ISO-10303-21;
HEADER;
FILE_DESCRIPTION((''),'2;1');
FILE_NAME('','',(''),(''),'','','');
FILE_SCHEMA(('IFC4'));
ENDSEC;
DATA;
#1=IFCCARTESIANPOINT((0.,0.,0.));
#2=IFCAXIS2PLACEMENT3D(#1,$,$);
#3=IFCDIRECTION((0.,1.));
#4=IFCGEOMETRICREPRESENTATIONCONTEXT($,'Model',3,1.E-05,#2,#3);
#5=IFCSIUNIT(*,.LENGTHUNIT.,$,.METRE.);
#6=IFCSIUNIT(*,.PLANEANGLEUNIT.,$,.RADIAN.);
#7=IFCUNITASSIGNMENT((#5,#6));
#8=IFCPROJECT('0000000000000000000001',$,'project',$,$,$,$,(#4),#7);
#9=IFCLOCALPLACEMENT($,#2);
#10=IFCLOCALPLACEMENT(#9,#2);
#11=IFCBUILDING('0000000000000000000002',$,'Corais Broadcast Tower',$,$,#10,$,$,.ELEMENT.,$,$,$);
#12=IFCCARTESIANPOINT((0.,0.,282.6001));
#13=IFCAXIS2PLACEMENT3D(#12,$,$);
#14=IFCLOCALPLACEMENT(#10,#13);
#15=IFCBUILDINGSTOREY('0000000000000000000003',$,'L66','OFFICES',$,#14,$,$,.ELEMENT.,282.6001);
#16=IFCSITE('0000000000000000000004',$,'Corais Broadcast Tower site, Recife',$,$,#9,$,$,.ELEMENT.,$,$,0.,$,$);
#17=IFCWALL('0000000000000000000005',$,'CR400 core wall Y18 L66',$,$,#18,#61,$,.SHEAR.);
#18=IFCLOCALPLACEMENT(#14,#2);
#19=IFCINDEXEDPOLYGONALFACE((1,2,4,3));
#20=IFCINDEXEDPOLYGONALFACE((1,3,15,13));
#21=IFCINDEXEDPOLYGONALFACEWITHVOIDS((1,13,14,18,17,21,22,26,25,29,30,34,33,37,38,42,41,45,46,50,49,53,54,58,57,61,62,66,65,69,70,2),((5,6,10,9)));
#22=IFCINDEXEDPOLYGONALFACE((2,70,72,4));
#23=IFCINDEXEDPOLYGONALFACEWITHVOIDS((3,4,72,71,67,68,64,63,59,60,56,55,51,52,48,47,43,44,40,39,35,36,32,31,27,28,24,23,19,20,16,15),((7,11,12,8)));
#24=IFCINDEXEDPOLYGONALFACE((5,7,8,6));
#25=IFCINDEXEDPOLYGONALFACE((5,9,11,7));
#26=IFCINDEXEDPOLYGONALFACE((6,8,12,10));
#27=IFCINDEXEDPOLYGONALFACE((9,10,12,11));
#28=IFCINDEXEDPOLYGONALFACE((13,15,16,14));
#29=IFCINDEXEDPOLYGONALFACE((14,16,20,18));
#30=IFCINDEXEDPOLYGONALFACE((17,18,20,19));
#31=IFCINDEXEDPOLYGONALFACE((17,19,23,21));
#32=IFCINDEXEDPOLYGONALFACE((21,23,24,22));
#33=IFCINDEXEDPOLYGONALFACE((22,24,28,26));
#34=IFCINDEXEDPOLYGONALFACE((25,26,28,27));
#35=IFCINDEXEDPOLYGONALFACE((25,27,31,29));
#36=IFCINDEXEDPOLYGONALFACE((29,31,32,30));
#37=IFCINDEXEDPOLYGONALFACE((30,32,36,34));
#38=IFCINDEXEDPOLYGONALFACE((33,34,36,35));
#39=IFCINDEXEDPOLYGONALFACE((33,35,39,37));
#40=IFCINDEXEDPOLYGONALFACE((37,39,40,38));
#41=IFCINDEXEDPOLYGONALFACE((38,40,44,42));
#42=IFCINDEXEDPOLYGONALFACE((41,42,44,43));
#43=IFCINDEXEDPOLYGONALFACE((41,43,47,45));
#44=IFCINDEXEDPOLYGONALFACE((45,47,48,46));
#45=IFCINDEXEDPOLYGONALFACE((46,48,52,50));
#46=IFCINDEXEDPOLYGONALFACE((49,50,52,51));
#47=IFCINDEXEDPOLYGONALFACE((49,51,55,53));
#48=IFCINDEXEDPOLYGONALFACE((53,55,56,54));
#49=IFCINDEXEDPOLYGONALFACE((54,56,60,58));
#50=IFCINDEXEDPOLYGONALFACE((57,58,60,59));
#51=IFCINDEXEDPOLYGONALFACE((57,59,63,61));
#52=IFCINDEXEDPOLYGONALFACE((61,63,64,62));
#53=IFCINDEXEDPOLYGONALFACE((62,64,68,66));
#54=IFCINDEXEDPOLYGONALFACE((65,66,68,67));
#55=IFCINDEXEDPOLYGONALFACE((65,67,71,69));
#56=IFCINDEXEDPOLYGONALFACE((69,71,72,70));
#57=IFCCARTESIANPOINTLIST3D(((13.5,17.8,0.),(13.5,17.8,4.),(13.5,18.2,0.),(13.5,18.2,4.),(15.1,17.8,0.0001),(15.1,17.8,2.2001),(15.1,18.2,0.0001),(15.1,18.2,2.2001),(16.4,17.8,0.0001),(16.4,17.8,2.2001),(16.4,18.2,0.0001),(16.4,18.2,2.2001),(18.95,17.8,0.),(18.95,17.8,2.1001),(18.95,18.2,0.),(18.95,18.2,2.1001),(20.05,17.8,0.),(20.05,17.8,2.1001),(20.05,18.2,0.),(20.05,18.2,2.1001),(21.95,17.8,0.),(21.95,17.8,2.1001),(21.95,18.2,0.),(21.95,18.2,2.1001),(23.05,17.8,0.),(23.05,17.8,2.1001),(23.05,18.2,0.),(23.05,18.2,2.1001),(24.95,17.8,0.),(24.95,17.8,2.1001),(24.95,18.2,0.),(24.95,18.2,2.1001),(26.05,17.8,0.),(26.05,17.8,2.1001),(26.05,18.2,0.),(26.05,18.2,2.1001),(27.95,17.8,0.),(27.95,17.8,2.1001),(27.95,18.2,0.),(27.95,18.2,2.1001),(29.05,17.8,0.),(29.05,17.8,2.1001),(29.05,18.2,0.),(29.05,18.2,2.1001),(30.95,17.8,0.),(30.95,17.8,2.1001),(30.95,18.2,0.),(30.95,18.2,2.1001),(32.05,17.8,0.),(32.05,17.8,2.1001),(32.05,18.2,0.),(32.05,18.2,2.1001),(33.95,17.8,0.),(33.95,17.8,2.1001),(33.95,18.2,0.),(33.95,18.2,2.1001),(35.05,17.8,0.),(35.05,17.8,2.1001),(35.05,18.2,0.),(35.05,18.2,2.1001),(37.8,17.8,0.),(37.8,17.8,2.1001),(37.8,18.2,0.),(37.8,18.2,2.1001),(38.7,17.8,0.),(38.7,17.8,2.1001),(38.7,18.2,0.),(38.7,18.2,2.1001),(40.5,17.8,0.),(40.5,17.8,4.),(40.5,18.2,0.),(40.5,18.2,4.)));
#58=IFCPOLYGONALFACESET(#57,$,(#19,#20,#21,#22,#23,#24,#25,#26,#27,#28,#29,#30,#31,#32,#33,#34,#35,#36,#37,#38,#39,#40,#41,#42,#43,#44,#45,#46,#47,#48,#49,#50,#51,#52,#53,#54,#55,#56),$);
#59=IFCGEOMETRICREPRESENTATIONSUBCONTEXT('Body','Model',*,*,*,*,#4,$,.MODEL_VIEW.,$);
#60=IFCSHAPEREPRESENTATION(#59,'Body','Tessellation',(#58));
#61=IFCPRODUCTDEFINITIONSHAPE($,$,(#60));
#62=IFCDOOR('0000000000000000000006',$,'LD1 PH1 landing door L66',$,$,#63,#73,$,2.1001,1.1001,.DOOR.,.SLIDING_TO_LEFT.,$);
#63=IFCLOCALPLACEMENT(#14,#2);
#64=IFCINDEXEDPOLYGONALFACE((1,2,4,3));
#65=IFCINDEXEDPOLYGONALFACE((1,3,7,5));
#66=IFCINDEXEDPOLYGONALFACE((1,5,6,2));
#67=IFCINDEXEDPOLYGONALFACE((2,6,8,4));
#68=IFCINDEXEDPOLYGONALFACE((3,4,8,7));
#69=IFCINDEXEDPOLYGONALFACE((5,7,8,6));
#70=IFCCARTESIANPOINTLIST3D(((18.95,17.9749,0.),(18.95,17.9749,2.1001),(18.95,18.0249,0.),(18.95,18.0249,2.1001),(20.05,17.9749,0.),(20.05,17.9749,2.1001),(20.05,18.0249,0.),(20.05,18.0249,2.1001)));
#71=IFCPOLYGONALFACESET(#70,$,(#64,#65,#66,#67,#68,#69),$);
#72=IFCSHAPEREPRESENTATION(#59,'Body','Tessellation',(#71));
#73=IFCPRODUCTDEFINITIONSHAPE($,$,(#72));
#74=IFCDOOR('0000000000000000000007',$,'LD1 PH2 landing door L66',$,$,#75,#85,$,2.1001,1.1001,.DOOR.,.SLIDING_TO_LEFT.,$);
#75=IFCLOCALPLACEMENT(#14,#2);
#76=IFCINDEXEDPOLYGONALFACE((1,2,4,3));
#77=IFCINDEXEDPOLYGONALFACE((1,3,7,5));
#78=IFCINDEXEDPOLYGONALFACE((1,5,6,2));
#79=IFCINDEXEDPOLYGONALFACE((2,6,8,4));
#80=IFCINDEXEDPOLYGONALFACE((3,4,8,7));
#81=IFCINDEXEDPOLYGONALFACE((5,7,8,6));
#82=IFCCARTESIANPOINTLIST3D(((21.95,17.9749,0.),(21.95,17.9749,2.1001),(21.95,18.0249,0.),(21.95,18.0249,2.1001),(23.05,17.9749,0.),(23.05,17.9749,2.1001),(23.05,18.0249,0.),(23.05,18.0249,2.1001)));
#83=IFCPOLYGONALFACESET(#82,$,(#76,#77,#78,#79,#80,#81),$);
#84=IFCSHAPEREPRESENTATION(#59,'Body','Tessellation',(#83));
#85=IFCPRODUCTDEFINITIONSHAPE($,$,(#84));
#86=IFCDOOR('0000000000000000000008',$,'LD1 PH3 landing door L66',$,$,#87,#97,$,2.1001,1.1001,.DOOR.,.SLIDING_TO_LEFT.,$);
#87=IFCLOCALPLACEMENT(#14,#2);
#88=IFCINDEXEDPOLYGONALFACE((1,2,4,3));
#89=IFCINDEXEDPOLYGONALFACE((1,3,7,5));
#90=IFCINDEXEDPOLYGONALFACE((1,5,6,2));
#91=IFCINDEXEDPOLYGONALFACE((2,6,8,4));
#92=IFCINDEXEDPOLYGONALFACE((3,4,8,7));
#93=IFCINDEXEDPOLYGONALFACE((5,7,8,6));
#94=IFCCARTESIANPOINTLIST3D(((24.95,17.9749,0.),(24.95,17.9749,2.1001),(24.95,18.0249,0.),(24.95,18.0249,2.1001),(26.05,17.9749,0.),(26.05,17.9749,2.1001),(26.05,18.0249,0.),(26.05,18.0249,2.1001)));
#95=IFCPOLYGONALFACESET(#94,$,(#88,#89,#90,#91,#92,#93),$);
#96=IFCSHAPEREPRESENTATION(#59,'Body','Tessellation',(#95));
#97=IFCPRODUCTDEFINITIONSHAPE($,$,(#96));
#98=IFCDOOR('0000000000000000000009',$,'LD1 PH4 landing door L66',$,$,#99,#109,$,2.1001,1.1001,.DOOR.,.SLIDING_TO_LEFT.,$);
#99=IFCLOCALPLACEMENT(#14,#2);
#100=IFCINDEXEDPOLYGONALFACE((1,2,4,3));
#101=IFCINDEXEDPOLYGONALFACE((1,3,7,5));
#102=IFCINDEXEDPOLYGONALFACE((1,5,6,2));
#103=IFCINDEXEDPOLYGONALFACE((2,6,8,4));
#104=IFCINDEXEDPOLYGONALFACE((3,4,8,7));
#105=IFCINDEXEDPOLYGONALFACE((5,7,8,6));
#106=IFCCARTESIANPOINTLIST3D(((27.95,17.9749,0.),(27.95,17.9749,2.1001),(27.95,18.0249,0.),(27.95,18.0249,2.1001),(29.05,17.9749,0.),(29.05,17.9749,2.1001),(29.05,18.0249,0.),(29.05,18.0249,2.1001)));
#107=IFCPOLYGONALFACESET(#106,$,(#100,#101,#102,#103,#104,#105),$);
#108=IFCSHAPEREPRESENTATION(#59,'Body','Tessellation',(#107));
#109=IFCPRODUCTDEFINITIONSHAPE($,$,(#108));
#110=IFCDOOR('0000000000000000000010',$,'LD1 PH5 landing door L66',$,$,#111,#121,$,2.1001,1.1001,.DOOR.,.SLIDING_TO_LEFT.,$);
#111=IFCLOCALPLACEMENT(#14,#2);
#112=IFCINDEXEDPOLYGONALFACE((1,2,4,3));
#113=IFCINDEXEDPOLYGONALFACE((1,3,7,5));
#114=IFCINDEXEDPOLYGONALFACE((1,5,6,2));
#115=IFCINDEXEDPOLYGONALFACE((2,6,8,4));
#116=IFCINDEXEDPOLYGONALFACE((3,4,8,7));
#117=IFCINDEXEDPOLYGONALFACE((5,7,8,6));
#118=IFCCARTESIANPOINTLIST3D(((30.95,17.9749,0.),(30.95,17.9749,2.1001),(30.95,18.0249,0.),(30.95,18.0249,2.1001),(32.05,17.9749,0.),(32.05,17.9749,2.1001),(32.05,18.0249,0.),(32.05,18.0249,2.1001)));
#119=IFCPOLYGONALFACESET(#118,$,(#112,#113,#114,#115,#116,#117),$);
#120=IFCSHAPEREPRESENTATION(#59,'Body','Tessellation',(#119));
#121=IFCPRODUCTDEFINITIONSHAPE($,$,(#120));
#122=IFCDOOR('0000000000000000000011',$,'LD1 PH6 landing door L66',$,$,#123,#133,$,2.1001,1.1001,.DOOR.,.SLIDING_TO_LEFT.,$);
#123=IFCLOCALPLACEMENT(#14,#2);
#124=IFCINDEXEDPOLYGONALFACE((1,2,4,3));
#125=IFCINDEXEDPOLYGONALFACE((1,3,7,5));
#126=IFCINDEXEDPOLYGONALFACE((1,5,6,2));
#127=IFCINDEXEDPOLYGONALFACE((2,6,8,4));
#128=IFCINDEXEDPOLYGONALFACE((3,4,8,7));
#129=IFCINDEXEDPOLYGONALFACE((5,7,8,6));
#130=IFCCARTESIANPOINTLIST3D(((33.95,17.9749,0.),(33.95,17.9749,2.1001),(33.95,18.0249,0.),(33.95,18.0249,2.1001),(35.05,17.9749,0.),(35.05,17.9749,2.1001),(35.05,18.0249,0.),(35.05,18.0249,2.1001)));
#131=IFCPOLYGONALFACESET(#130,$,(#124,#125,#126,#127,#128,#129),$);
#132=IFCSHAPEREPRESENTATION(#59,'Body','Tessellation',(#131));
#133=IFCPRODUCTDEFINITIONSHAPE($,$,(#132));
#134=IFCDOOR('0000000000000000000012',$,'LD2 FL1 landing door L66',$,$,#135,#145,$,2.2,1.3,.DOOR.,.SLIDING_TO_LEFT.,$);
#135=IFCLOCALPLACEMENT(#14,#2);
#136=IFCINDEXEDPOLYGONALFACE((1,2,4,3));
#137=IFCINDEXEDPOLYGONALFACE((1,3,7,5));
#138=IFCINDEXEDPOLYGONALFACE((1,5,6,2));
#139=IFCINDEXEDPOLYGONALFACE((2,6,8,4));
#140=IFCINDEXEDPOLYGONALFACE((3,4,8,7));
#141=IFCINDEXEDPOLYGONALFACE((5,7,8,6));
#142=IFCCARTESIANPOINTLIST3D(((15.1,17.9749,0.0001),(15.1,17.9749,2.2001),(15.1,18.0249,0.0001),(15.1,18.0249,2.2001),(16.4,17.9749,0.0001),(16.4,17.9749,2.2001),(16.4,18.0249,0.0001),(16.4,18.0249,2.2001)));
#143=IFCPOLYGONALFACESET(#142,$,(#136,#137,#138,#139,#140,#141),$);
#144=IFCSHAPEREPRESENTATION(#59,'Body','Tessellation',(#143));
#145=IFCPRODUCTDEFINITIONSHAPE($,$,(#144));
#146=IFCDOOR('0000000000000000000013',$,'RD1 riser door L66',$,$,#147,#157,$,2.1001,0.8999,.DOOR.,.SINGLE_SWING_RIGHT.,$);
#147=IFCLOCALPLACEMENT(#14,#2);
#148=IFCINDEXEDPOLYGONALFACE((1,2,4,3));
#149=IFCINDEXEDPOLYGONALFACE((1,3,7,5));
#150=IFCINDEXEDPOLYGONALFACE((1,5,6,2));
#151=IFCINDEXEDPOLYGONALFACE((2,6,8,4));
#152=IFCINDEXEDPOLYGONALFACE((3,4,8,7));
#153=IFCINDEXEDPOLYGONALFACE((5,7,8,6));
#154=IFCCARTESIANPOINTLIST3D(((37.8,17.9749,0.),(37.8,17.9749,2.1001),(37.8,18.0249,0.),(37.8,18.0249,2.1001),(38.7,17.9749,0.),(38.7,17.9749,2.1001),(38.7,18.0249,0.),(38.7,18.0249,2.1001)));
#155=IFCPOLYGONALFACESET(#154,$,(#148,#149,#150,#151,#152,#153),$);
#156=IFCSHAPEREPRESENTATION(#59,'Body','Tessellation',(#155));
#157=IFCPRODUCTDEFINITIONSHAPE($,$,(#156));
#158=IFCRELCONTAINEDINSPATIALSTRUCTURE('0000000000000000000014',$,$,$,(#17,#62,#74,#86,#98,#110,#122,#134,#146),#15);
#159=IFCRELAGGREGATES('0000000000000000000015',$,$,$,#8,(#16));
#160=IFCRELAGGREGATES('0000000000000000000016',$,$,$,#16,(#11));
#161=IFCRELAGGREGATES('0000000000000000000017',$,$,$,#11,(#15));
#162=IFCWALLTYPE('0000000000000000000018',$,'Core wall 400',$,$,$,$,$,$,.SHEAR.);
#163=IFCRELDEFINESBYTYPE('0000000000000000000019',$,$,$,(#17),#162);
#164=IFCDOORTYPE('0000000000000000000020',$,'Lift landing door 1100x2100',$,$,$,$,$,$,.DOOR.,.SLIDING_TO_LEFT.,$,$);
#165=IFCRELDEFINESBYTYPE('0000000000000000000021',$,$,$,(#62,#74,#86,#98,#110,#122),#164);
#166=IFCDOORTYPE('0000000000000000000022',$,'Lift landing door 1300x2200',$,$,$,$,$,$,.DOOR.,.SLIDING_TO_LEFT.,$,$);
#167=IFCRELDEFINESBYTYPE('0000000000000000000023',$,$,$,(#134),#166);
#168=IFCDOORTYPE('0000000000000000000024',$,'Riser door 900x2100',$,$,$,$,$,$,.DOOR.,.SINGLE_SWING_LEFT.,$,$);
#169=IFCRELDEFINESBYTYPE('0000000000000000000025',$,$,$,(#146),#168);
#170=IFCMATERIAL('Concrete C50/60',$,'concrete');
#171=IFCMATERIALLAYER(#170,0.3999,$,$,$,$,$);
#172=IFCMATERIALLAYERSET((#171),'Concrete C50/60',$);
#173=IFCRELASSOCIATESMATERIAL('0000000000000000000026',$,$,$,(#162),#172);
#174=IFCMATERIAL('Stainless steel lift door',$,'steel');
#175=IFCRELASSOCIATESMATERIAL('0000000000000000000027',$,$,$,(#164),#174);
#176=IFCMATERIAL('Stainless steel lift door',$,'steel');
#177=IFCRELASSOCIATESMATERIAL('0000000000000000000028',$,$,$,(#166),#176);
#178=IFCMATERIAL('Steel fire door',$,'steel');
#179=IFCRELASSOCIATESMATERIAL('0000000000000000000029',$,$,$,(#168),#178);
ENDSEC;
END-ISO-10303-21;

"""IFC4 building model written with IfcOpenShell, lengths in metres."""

from ifc_helpers import new_model, si_unit, direction, frame, frame_2d, origin, place, context, subcontext, project, spatial, rectangle, extrude, material, layer, layer_set, type_object, element, fill, save


model = new_model("IFC4")

# Units and contexts
model_context = context("Model", 3, precision=1e-05, world=origin(), true_north=direction((0.0, 1.0)))
body_context = subcontext(model_context, "Body", "Model", "MODEL_VIEW")
ifc_project = project(units=[si_unit("LENGTHUNIT", "METRE"), si_unit("PLANEANGLEUNIT", "RADIAN")], contexts=[model_context])

# Site, building, storey
site_placement = place(None, origin())
site = spatial("IfcSite", under=ifc_project, at=site_placement, Name="Corais Broadcast Tower site, Recife", CompositionType="ELEMENT", RefElevation=0.0)
building_placement = place(site_placement, origin())
building = spatial("IfcBuilding", under=site, at=building_placement, Name="Corais Broadcast Tower", CompositionType="ELEMENT")
storey_placement = place(building_placement, frame((0.0, 0.0, 282.6001)))
storey = spatial("IfcBuildingStorey", under=building, at=storey_placement, Name="L66", Description="OFFICES", CompositionType="ELEMENT", Elevation=282.6001)

# Shared definitions
ifc_material_1 = material(Name="Concrete C50/60", Category="concrete")
ifc_layer_1 = layer(ifc_material_1, 0.3999)
ifc_layer_set_1 = layer_set([ifc_layer_1], Name="Concrete C50/60")
wall_type_1 = type_object("IfcWallType", Name="Core wall 400", PredefinedType="SHEAR", material=ifc_layer_set_1)

# Wall, openings, doors
wall_1_placement = place(storey_placement, frame((13.5, 18.0, 0.0), z_axis=(0.0, 0.0, 1.0), x_axis=(1.0, 0.0, 0.0)))
wall_1 = element("IfcWall", 1, at=wall_1_placement, inside=storey, type_object=wall_type_1, Name="CR400 core wall Y18 L66", PredefinedType="SHEAR", context=body_context, shape_type="SweptSolid", body=[
    extrude(rectangle(XDim=27.0, YDim=0.3999, at=frame_2d((13.5, 0.0))), origin(), (0.0, 0.0, 1.0), 4.0),
])
opening_1_placement = place(wall_1_placement, frame((24.3, 0.0, 0.0)))
opening_1 = element("IfcOpeningElement", 2, at=opening_1_placement, cuts=wall_1, PredefinedType="OPENING", context=body_context, shape_type="SweptSolid", body=[
    extrude(rectangle(XDim=0.8999, YDim=2.1001, at=frame_2d((0.45, 1.05))), frame((0.0, 0.21, 0.0), z_axis=(0.0, -1.0, 0.0), x_axis=(1.0, 0.0, 0.0)), (0.0, 0.0, 1.0), 0.4199),
])
opening_2_placement = place(wall_1_placement, frame((5.45, 0.0, 0.0)))
opening_2 = element("IfcOpeningElement", 3, at=opening_2_placement, cuts=wall_1, PredefinedType="OPENING", context=body_context, shape_type="SweptSolid", body=[
    extrude(rectangle(XDim=1.1001, YDim=2.1001, at=frame_2d((0.55, 1.05))), frame((0.0, 0.21, 0.0), z_axis=(0.0, -1.0, 0.0), x_axis=(1.0, 0.0, 0.0)), (0.0, 0.0, 1.0), 0.4199),
])
opening_3_placement = place(wall_1_placement, frame((8.45, 0.0, 0.0)))
opening_3 = element("IfcOpeningElement", 4, at=opening_3_placement, cuts=wall_1, PredefinedType="OPENING", context=body_context, shape_type="SweptSolid", body=[
    extrude(rectangle(XDim=1.1001, YDim=2.1001, at=frame_2d((0.55, 1.05))), frame((0.0, 0.21, 0.0), z_axis=(0.0, -1.0, 0.0), x_axis=(1.0, 0.0, 0.0)), (0.0, 0.0, 1.0), 0.4199),
])
opening_4_placement = place(wall_1_placement, frame((11.45, 0.0, 0.0)))
opening_4 = element("IfcOpeningElement", 5, at=opening_4_placement, cuts=wall_1, PredefinedType="OPENING", context=body_context, shape_type="SweptSolid", body=[
    extrude(rectangle(XDim=1.1001, YDim=2.1001, at=frame_2d((0.55, 1.05))), frame((0.0, 0.21, 0.0), z_axis=(0.0, -1.0, 0.0), x_axis=(1.0, 0.0, 0.0)), (0.0, 0.0, 1.0), 0.4199),
])
opening_5_placement = place(wall_1_placement, frame((14.45, 0.0, 0.0)))
opening_5 = element("IfcOpeningElement", 6, at=opening_5_placement, cuts=wall_1, PredefinedType="OPENING", context=body_context, shape_type="SweptSolid", body=[
    extrude(rectangle(XDim=1.1001, YDim=2.1001, at=frame_2d((0.55, 1.05))), frame((0.0, 0.21, 0.0), z_axis=(0.0, -1.0, 0.0), x_axis=(1.0, 0.0, 0.0)), (0.0, 0.0, 1.0), 0.4199),
])
opening_6_placement = place(wall_1_placement, frame((17.45, 0.0, 0.0)))
opening_6 = element("IfcOpeningElement", 7, at=opening_6_placement, cuts=wall_1, PredefinedType="OPENING", context=body_context, shape_type="SweptSolid", body=[
    extrude(rectangle(XDim=1.1001, YDim=2.1001, at=frame_2d((0.55, 1.05))), frame((0.0, 0.21, 0.0), z_axis=(0.0, -1.0, 0.0), x_axis=(1.0, 0.0, 0.0)), (0.0, 0.0, 1.0), 0.4199),
])
opening_7_placement = place(wall_1_placement, frame((20.45, 0.0, 0.0)))
opening_7 = element("IfcOpeningElement", 8, at=opening_7_placement, cuts=wall_1, PredefinedType="OPENING", context=body_context, shape_type="SweptSolid", body=[
    extrude(rectangle(XDim=1.1001, YDim=2.1001, at=frame_2d((0.55, 1.05))), frame((0.0, 0.21, 0.0), z_axis=(0.0, -1.0, 0.0), x_axis=(1.0, 0.0, 0.0)), (0.0, 0.0, 1.0), 0.4199),
])
opening_8_placement = place(wall_1_placement, frame((1.6001, 0.0, 0.0)))
opening_8 = element("IfcOpeningElement", 9, at=opening_8_placement, cuts=wall_1, PredefinedType="OPENING", context=body_context, shape_type="SweptSolid", body=[
    extrude(rectangle(XDim=1.3, YDim=2.2, at=frame_2d((0.6499, 1.1001))), frame((0.0, 0.21, 0.0), z_axis=(0.0, -1.0, 0.0), x_axis=(1.0, 0.0, 0.0)), (0.0, 0.0, 1.0), 0.4199),
])
ifc_material_2 = material(Name="Stainless steel lift door", Category="steel")
door_type_1 = type_object("IfcDoorType", Name="Lift landing door 1100x2100", OperationType="SLIDING_TO_LEFT", PredefinedType="DOOR", material=ifc_material_2)
door_1_placement = place(opening_2_placement, origin())
door_1 = element("IfcDoor", 10, at=door_1_placement, inside=storey, type_object=door_type_1, Name="LD1 PH1 landing door L66", OperationType="SLIDING_TO_LEFT", OverallHeight=2.1001, OverallWidth=1.1001, PredefinedType="DOOR", context=body_context, shape_type="SweptSolid", body=[
    extrude(rectangle(XDim=1.1001, YDim=2.1001, at=frame_2d((0.55, 1.05))), frame((0.0, 0.0249, 0.0), z_axis=(0.0, -1.0, 0.0), x_axis=(1.0, 0.0, 0.0)), (0.0, 0.0, 1.0), 0.05),
])
fill(opening_2, door_1)
door_2_placement = place(opening_3_placement, origin())
door_2 = element("IfcDoor", 11, at=door_2_placement, inside=storey, type_object=door_type_1, Name="LD1 PH2 landing door L66", OperationType="SLIDING_TO_LEFT", OverallHeight=2.1001, OverallWidth=1.1001, PredefinedType="DOOR", context=body_context, shape_type="SweptSolid", body=[
    extrude(rectangle(XDim=1.1001, YDim=2.1001, at=frame_2d((0.55, 1.05))), frame((0.0, 0.0249, 0.0), z_axis=(0.0, -1.0, 0.0), x_axis=(1.0, 0.0, 0.0)), (0.0, 0.0, 1.0), 0.05),
])
fill(opening_3, door_2)
door_3_placement = place(opening_4_placement, origin())
door_3 = element("IfcDoor", 12, at=door_3_placement, inside=storey, type_object=door_type_1, Name="LD1 PH3 landing door L66", OperationType="SLIDING_TO_LEFT", OverallHeight=2.1001, OverallWidth=1.1001, PredefinedType="DOOR", context=body_context, shape_type="SweptSolid", body=[
    extrude(rectangle(XDim=1.1001, YDim=2.1001, at=frame_2d((0.55, 1.05))), frame((0.0, 0.0249, 0.0), z_axis=(0.0, -1.0, 0.0), x_axis=(1.0, 0.0, 0.0)), (0.0, 0.0, 1.0), 0.05),
])
fill(opening_4, door_3)
door_4_placement = place(opening_5_placement, origin())
door_4 = element("IfcDoor", 13, at=door_4_placement, inside=storey, type_object=door_type_1, Name="LD1 PH4 landing door L66", OperationType="SLIDING_TO_LEFT", OverallHeight=2.1001, OverallWidth=1.1001, PredefinedType="DOOR", context=body_context, shape_type="SweptSolid", body=[
    extrude(rectangle(XDim=1.1001, YDim=2.1001, at=frame_2d((0.55, 1.05))), frame((0.0, 0.0249, 0.0), z_axis=(0.0, -1.0, 0.0), x_axis=(1.0, 0.0, 0.0)), (0.0, 0.0, 1.0), 0.05),
])
fill(opening_5, door_4)
door_5_placement = place(opening_6_placement, origin())
door_5 = element("IfcDoor", 14, at=door_5_placement, inside=storey, type_object=door_type_1, Name="LD1 PH5 landing door L66", OperationType="SLIDING_TO_LEFT", OverallHeight=2.1001, OverallWidth=1.1001, PredefinedType="DOOR", context=body_context, shape_type="SweptSolid", body=[
    extrude(rectangle(XDim=1.1001, YDim=2.1001, at=frame_2d((0.55, 1.05))), frame((0.0, 0.0249, 0.0), z_axis=(0.0, -1.0, 0.0), x_axis=(1.0, 0.0, 0.0)), (0.0, 0.0, 1.0), 0.05),
])
fill(opening_6, door_5)
door_6_placement = place(opening_7_placement, origin())
door_6 = element("IfcDoor", 15, at=door_6_placement, inside=storey, type_object=door_type_1, Name="LD1 PH6 landing door L66", OperationType="SLIDING_TO_LEFT", OverallHeight=2.1001, OverallWidth=1.1001, PredefinedType="DOOR", context=body_context, shape_type="SweptSolid", body=[
    extrude(rectangle(XDim=1.1001, YDim=2.1001, at=frame_2d((0.55, 1.05))), frame((0.0, 0.0249, 0.0), z_axis=(0.0, -1.0, 0.0), x_axis=(1.0, 0.0, 0.0)), (0.0, 0.0, 1.0), 0.05),
])
fill(opening_7, door_6)
ifc_material_3 = material(Name="Stainless steel lift door", Category="steel")
door_type_2 = type_object("IfcDoorType", Name="Lift landing door 1300x2200", OperationType="SLIDING_TO_LEFT", PredefinedType="DOOR", material=ifc_material_3)
door_7_placement = place(opening_8_placement, origin())
door_7 = element("IfcDoor", 16, at=door_7_placement, inside=storey, type_object=door_type_2, Name="LD2 FL1 landing door L66", OperationType="SLIDING_TO_LEFT", OverallHeight=2.2, OverallWidth=1.3, PredefinedType="DOOR", context=body_context, shape_type="SweptSolid", body=[
    extrude(rectangle(XDim=1.3, YDim=2.2, at=frame_2d((0.6499, 1.1001))), frame((0.0, 0.0249, 0.0), z_axis=(0.0, -1.0, 0.0), x_axis=(1.0, 0.0, 0.0)), (0.0, 0.0, 1.0), 0.05),
])
fill(opening_8, door_7)
ifc_material_4 = material(Name="Steel fire door", Category="steel")
door_type_3 = type_object("IfcDoorType", Name="Riser door 900x2100", OperationType="SINGLE_SWING_LEFT", PredefinedType="DOOR", material=ifc_material_4)
door_8_placement = place(opening_1_placement, origin())
door_8 = element("IfcDoor", 17, at=door_8_placement, inside=storey, type_object=door_type_3, Name="RD1 riser door L66", OperationType="SINGLE_SWING_RIGHT", OverallHeight=2.1001, OverallWidth=0.8999, PredefinedType="DOOR", context=body_context, shape_type="SweptSolid", body=[
    extrude(rectangle(XDim=0.8999, YDim=2.1001, at=frame_2d((0.45, 1.05))), frame((0.0, 0.0249, 0.0), z_axis=(0.0, -1.0, 0.0), x_axis=(1.0, 0.0, 0.0)), (0.0, 0.0, 1.0), 0.05),
])
fill(opening_1, door_8)

save(model, "model.ifc")
